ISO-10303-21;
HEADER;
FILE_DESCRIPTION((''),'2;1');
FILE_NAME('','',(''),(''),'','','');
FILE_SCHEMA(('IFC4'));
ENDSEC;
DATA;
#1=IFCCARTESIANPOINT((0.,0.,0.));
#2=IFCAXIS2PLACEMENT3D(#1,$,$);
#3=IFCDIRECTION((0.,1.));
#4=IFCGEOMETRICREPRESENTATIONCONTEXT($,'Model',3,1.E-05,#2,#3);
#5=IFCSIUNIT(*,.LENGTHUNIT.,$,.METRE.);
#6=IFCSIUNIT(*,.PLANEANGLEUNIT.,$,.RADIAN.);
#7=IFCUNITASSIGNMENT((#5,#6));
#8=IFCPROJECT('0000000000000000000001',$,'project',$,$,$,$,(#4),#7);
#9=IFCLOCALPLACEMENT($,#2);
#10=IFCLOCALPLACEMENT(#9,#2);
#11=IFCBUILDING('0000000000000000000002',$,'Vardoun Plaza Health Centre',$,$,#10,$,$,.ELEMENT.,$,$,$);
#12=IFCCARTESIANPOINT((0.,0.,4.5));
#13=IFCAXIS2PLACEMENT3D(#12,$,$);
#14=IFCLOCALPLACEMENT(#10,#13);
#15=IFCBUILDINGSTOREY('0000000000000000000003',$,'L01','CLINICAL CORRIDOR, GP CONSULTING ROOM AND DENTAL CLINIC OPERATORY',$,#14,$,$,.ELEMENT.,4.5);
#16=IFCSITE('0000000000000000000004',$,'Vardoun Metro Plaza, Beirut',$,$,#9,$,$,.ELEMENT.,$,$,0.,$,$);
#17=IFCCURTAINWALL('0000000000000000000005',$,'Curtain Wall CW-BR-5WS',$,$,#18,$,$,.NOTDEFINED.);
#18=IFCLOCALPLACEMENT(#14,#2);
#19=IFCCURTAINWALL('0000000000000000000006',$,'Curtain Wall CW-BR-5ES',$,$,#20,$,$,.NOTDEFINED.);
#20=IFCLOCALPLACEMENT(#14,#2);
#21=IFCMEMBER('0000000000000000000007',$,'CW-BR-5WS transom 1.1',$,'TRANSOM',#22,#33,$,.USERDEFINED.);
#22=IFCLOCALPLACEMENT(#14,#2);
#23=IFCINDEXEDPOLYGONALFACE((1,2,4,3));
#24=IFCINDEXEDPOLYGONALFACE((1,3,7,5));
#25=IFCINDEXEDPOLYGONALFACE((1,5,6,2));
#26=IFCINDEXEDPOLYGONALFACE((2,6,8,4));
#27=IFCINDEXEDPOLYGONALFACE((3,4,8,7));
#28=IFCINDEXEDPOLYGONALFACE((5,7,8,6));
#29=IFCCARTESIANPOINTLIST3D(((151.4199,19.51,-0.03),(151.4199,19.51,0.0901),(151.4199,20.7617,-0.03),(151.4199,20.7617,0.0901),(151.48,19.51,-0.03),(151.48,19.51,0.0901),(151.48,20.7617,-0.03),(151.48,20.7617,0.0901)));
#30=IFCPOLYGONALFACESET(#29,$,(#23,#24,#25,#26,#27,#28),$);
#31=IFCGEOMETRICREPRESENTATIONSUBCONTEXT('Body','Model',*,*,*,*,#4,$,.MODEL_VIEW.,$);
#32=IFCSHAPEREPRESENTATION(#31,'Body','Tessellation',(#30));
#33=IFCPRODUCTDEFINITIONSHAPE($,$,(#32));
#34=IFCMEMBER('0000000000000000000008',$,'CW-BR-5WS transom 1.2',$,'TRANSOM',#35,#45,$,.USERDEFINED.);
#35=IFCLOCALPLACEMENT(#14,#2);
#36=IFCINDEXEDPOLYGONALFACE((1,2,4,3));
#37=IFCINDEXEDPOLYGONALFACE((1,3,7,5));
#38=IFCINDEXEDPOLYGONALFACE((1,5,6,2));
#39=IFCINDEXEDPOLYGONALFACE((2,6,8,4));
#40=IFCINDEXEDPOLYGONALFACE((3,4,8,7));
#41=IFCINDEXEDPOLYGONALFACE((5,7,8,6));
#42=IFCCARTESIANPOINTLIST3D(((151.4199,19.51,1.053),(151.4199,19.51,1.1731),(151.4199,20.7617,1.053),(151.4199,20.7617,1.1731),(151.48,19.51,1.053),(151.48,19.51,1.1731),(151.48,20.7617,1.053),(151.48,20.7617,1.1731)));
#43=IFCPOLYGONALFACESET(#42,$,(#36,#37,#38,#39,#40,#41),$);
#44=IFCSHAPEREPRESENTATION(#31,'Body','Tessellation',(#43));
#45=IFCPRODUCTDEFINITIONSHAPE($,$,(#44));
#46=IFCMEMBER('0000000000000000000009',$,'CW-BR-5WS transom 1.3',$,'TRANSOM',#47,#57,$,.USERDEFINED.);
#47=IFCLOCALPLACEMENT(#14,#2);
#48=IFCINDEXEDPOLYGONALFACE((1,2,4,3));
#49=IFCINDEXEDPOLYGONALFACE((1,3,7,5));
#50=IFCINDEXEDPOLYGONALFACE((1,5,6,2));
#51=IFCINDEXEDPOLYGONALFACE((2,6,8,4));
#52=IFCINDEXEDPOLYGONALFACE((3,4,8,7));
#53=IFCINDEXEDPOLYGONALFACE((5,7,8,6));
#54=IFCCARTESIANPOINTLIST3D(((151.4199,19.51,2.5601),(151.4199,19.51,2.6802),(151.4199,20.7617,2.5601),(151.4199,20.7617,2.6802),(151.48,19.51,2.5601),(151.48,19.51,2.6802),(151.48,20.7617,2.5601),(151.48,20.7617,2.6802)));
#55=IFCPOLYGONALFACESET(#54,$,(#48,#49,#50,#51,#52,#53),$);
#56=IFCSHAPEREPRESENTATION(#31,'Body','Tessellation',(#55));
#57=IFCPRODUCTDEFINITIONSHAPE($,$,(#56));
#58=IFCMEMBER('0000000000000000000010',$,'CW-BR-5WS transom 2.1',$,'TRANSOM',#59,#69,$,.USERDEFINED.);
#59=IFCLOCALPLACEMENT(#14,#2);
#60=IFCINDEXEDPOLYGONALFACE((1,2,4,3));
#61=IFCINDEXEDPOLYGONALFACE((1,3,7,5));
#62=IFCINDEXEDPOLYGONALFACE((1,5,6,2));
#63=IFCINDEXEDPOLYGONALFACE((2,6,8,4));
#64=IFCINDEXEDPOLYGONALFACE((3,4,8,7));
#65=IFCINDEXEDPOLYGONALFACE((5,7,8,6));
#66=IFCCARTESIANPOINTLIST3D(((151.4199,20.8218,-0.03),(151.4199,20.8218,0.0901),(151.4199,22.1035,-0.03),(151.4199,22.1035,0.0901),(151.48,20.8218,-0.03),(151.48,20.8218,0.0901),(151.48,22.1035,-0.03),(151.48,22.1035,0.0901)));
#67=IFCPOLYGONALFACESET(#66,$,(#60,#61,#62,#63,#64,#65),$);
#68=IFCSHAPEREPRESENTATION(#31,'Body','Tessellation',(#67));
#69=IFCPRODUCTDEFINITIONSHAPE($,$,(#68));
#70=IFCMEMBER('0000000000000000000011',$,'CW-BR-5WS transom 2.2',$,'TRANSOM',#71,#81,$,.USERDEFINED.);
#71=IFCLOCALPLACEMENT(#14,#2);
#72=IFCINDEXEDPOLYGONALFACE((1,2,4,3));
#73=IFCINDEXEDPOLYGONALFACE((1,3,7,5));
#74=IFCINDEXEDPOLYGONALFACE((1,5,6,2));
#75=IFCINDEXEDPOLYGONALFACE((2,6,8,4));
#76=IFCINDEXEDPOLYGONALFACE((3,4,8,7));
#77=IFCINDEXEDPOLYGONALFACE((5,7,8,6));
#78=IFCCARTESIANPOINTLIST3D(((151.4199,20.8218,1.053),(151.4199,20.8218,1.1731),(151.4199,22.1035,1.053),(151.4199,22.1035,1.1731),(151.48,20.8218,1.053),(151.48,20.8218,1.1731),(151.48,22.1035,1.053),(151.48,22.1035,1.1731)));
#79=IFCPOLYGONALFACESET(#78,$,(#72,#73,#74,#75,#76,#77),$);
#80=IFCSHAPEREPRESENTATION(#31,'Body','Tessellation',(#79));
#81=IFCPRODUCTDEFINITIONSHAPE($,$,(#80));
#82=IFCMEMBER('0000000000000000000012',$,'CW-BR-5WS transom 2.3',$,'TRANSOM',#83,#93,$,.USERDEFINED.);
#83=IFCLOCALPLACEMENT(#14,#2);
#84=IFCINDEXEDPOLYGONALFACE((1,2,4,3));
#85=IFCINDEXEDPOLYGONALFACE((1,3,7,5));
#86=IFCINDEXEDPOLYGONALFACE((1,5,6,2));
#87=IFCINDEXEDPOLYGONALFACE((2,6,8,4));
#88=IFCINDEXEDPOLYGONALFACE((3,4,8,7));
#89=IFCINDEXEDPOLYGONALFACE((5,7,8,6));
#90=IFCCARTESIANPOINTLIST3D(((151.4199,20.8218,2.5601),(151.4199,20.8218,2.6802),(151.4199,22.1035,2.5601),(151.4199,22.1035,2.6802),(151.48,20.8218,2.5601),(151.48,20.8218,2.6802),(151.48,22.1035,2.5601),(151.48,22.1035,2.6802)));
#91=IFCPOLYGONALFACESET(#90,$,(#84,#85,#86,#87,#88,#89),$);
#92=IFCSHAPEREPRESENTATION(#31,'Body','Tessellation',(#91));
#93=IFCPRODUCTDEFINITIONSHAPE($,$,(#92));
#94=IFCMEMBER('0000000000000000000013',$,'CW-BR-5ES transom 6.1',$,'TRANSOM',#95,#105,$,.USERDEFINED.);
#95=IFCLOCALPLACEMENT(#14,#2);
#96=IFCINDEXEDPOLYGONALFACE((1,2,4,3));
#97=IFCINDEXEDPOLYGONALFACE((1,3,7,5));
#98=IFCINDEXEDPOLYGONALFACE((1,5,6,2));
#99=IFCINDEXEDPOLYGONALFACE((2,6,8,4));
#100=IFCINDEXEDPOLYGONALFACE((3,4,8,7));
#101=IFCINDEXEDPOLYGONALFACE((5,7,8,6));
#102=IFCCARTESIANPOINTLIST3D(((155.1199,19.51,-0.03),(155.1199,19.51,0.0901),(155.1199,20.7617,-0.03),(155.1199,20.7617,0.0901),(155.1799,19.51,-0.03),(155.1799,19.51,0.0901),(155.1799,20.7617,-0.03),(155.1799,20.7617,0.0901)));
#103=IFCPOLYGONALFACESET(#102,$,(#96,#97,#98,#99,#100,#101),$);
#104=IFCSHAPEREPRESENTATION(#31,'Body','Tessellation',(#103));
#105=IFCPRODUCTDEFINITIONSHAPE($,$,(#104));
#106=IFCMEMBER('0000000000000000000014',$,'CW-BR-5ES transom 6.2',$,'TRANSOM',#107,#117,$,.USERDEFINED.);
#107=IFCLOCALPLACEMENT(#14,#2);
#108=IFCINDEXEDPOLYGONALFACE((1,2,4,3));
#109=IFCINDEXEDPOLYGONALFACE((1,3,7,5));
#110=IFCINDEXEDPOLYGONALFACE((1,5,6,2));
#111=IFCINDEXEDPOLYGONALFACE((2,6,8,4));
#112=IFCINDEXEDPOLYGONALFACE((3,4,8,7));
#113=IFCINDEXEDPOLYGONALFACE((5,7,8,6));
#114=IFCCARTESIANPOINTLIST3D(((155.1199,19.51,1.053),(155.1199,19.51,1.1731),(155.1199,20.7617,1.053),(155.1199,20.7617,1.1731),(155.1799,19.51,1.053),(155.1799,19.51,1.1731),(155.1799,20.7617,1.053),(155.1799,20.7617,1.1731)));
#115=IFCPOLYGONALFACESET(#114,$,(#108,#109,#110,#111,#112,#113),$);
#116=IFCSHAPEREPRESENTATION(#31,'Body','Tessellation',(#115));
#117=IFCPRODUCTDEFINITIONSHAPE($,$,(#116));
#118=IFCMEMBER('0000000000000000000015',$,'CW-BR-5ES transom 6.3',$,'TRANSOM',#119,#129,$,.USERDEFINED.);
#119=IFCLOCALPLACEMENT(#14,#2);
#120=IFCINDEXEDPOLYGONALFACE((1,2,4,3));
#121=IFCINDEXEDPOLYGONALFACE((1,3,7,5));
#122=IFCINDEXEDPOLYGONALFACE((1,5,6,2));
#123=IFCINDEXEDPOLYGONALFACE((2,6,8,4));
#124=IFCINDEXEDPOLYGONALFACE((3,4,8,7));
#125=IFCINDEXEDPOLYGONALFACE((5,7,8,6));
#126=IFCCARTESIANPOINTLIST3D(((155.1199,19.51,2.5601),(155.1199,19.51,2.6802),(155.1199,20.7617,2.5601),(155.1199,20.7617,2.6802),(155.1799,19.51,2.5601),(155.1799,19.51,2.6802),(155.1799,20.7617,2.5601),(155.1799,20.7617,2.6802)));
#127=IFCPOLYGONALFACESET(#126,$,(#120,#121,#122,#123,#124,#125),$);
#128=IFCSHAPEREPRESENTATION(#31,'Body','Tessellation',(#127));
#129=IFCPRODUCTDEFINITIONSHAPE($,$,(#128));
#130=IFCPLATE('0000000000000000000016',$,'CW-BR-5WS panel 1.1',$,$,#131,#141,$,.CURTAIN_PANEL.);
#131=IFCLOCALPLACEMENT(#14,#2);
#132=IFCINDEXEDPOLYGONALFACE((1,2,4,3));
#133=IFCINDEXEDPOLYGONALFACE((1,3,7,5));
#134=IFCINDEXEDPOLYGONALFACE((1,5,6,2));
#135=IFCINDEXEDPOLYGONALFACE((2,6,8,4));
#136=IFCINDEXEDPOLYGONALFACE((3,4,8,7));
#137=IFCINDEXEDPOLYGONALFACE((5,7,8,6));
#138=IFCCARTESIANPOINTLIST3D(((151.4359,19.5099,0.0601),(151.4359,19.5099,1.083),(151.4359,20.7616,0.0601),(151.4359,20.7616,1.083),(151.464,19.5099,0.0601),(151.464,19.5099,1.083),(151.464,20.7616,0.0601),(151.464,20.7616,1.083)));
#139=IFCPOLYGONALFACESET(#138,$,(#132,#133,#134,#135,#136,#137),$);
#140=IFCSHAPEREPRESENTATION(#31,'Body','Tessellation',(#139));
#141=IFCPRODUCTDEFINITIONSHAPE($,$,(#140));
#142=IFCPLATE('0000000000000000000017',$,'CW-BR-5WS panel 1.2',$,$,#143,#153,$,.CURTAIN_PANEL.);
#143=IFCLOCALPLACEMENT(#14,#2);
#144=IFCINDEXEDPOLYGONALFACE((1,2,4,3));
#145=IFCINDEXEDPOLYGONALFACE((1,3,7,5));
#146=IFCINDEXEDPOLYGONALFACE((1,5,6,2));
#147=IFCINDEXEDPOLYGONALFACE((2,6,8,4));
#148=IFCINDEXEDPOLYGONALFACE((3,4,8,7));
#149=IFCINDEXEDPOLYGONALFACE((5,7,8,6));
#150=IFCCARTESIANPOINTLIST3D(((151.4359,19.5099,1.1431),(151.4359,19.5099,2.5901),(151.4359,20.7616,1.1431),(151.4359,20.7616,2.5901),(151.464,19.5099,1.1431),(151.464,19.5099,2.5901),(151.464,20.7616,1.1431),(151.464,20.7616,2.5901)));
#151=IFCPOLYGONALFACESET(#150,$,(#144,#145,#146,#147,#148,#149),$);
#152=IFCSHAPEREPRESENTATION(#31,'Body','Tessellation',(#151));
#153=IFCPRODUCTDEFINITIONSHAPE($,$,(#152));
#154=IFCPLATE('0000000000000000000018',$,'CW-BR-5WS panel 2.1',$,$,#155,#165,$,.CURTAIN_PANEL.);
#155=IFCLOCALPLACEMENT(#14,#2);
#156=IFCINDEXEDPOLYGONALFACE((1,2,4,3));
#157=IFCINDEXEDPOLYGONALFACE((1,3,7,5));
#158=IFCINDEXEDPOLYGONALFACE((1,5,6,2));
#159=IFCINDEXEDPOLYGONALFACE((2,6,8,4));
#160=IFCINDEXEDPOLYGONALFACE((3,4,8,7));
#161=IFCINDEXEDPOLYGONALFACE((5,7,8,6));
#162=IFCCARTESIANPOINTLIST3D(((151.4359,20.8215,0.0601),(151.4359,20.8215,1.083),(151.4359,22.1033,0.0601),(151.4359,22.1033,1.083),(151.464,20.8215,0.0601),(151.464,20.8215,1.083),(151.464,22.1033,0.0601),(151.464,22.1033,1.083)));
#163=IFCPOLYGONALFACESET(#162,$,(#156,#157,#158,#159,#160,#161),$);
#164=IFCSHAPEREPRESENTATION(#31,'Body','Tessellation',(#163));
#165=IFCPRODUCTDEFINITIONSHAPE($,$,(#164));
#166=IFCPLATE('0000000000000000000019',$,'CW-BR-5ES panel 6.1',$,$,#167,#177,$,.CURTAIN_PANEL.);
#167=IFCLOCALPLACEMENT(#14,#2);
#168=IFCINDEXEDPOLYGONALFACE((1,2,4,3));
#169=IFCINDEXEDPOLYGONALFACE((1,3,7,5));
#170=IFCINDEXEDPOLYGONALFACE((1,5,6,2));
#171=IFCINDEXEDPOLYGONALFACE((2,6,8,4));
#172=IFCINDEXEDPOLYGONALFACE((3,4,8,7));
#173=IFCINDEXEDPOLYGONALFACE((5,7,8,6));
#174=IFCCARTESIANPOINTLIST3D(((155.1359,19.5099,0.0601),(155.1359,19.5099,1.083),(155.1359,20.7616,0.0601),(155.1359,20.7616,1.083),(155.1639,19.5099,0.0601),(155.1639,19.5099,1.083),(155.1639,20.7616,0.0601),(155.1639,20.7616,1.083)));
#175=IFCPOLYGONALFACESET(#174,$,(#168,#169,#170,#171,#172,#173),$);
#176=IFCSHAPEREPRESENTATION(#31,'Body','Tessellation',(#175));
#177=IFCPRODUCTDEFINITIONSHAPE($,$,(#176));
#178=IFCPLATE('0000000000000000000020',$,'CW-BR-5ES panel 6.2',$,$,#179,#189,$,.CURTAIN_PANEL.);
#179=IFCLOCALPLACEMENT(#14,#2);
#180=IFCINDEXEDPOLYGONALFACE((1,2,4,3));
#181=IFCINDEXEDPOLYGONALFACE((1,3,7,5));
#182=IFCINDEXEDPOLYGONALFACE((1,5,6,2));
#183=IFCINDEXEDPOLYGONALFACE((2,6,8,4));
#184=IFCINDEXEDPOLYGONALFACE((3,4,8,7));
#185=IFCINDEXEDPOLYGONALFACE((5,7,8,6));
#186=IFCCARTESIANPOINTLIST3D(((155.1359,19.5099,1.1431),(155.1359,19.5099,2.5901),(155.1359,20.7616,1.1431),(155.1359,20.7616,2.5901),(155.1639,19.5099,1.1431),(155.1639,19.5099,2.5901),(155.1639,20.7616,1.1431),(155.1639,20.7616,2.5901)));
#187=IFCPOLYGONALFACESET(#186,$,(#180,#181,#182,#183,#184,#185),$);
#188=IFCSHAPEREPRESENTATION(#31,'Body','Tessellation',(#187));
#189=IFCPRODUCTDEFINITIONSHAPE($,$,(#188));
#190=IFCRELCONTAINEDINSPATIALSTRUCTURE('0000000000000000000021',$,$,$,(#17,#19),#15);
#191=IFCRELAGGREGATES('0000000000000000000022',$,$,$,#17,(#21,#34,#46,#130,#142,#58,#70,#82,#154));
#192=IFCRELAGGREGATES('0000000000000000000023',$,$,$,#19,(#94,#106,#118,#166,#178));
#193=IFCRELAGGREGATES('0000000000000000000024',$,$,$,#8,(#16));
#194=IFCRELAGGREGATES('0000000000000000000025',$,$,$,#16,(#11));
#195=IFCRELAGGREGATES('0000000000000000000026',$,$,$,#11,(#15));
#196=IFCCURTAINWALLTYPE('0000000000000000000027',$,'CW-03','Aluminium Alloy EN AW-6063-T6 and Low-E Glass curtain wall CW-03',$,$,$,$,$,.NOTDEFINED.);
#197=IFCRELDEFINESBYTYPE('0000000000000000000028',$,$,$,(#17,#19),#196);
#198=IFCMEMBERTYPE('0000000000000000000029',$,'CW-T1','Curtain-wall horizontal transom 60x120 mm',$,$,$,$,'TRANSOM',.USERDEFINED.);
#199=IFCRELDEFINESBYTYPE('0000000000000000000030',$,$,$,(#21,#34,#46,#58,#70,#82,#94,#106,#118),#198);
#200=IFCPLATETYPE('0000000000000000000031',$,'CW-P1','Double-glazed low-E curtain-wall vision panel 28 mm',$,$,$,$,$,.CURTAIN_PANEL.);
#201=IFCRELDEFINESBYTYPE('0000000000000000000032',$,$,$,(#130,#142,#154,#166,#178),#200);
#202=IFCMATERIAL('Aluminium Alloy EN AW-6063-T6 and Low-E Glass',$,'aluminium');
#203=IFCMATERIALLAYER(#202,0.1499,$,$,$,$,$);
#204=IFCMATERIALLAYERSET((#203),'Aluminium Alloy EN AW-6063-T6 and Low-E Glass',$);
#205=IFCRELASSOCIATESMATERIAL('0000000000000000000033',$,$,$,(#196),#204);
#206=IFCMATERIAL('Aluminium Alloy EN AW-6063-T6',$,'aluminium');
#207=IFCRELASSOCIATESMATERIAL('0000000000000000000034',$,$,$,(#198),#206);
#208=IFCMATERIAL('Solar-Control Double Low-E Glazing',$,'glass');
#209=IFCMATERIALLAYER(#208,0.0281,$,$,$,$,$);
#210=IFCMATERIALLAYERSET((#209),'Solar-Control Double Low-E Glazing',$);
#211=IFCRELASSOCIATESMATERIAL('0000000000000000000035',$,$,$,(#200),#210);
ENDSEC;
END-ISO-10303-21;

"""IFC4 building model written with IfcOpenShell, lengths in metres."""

from ifc_helpers import new_model, si_unit, direction, frame, origin, origin_2d, place, context, subcontext, project, spatial, rectangle, extrude, material, layer, layer_set, material_profile, profile_set, type_object, element, aggregate, save


model = new_model("IFC4")

# Units and contexts
model_context = context("Model", 3, precision=1e-05, world=origin(), true_north=direction((0.0, 1.0)))
body_context = subcontext(model_context, "Body", "Model", "MODEL_VIEW")
ifc_project = project(units=[si_unit("LENGTHUNIT", "METRE"), si_unit("PLANEANGLEUNIT", "RADIAN")], contexts=[model_context])

# Site, building, storey
site_placement = place(None, origin())
site = spatial("IfcSite", under=ifc_project, at=site_placement, Name="Vardoun Metro Plaza, Beirut", CompositionType="ELEMENT", RefElevation=0.0)
building_placement = place(site_placement, origin())
building = spatial("IfcBuilding", under=site, at=building_placement, Name="Vardoun Plaza Health Centre", CompositionType="ELEMENT")
storey_placement = place(building_placement, frame((0.0, 0.0, 4.5)))
storey = spatial("IfcBuildingStorey", under=building, at=storey_placement, Name="L01", Description="CLINICAL CORRIDOR, GP CONSULTING ROOM AND DENTAL CLINIC OPERATORY", CompositionType="ELEMENT", Elevation=4.5)

# Curtain walls
ifc_material_1 = material(Name="Aluminium Alloy EN AW-6063-T6 and Low-E Glass", Category="aluminium")
ifc_layer_1 = layer(ifc_material_1, 0.1499)
ifc_layer_set_1 = layer_set([ifc_layer_1], Name="Aluminium Alloy EN AW-6063-T6 and Low-E Glass")
curtain_wall_type = type_object("IfcCurtainWallType", Name="CW-03", Description="Aluminium Alloy EN AW-6063-T6 and Low-E Glass curtain wall CW-03", PredefinedType="NOTDEFINED", material=ifc_layer_set_1)
curtain_wall_1_placement = place(storey_placement, origin())
curtain_wall_1 = element("IfcCurtainWall", 1, at=curtain_wall_1_placement, inside=storey, type_object=curtain_wall_type, Name="Curtain Wall CW-BR-5WS", PredefinedType="NOTDEFINED")
curtain_wall_2_placement = place(storey_placement, origin())
curtain_wall_2 = element("IfcCurtainWall", 2, at=curtain_wall_2_placement, inside=storey, type_object=curtain_wall_type, Name="Curtain Wall CW-BR-5ES", PredefinedType="NOTDEFINED")

# Members
ifc_material_2 = material(Name="Aluminium Alloy EN AW-6063-T6", Category="aluminium")
ifc_material_profile_1 = material_profile(ifc_material_2, rectangle(XDim=0.0601, YDim=0.1201, at=origin_2d()), Name="CWT 60x120")
ifc_profile_set_1 = profile_set([ifc_material_profile_1], Name="Aluminium Alloy EN AW-6063-T6")
member_type_1 = type_object("IfcMemberType", Name="CW-T1", Description="Curtain-wall horizontal transom 60x120 mm", ElementType="TRANSOM", PredefinedType="USERDEFINED", material=ifc_profile_set_1)
member_1_placement = place(storey_placement, frame((151.45, 19.51, 0.03), z_axis=(0.0, 1.0, 0.0), x_axis=(-1.0, 0.0, 0.0)))
member_1 = element("IfcMember", 3, at=member_1_placement, type_object=member_type_1, Name="CW-BR-5WS transom 1.1", ObjectType="TRANSOM", PredefinedType="USERDEFINED", context=body_context, shape_type="SweptSolid", body=[
    extrude(rectangle(XDim=0.0601, YDim=0.1201, at=origin_2d()), origin(), (0.0, 0.0, 1.0), 1.2517),
])
member_2_placement = place(storey_placement, frame((151.45, 19.51, 1.113), z_axis=(0.0, 1.0, 0.0), x_axis=(-1.0, 0.0, 0.0)))
member_2 = element("IfcMember", 4, at=member_2_placement, type_object=member_type_1, Name="CW-BR-5WS transom 1.2", ObjectType="TRANSOM", PredefinedType="USERDEFINED", context=body_context, shape_type="SweptSolid", body=[
    extrude(rectangle(XDim=0.0601, YDim=0.1201, at=origin_2d()), origin(), (0.0, 0.0, 1.0), 1.2517),
])
member_3_placement = place(storey_placement, frame((151.45, 19.51, 2.6201), z_axis=(0.0, 1.0, 0.0), x_axis=(-1.0, 0.0, 0.0)))
member_3 = element("IfcMember", 5, at=member_3_placement, type_object=member_type_1, Name="CW-BR-5WS transom 1.3", ObjectType="TRANSOM", PredefinedType="USERDEFINED", context=body_context, shape_type="SweptSolid", body=[
    extrude(rectangle(XDim=0.0601, YDim=0.1201, at=origin_2d()), origin(), (0.0, 0.0, 1.0), 1.2517),
])
member_4_placement = place(storey_placement, frame((151.45, 20.8218, 0.03), z_axis=(0.0, 1.0, 0.0), x_axis=(-1.0, 0.0, 0.0)))
member_4 = element("IfcMember", 6, at=member_4_placement, type_object=member_type_1, Name="CW-BR-5WS transom 2.1", ObjectType="TRANSOM", PredefinedType="USERDEFINED", context=body_context, shape_type="SweptSolid", body=[
    extrude(rectangle(XDim=0.0601, YDim=0.1201, at=origin_2d()), origin(), (0.0, 0.0, 1.0), 1.2817),
])
member_5_placement = place(storey_placement, frame((151.45, 20.8218, 1.113), z_axis=(0.0, 1.0, 0.0), x_axis=(-1.0, 0.0, 0.0)))
member_5 = element("IfcMember", 7, at=member_5_placement, type_object=member_type_1, Name="CW-BR-5WS transom 2.2", ObjectType="TRANSOM", PredefinedType="USERDEFINED", context=body_context, shape_type="SweptSolid", body=[
    extrude(rectangle(XDim=0.0601, YDim=0.1201, at=origin_2d()), origin(), (0.0, 0.0, 1.0), 1.2817),
])
member_6_placement = place(storey_placement, frame((151.45, 20.8218, 2.6201), z_axis=(0.0, 1.0, 0.0), x_axis=(-1.0, 0.0, 0.0)))
member_6 = element("IfcMember", 8, at=member_6_placement, type_object=member_type_1, Name="CW-BR-5WS transom 2.3", ObjectType="TRANSOM", PredefinedType="USERDEFINED", context=body_context, shape_type="SweptSolid", body=[
    extrude(rectangle(XDim=0.0601, YDim=0.1201, at=origin_2d()), origin(), (0.0, 0.0, 1.0), 1.2817),
])
member_7_placement = place(storey_placement, frame((155.1499, 20.7617, 0.03), z_axis=(0.0, -1.0, 0.0), x_axis=(1.0, 0.0, 0.0)))
member_7 = element("IfcMember", 9, at=member_7_placement, type_object=member_type_1, Name="CW-BR-5ES transom 6.1", ObjectType="TRANSOM", PredefinedType="USERDEFINED", context=body_context, shape_type="SweptSolid", body=[
    extrude(rectangle(XDim=0.0601, YDim=0.1201, at=origin_2d()), origin(), (0.0, 0.0, 1.0), 1.2517),
])
member_8_placement = place(storey_placement, frame((155.1499, 20.7617, 1.113), z_axis=(0.0, -1.0, 0.0), x_axis=(1.0, 0.0, 0.0)))
member_8 = element("IfcMember", 10, at=member_8_placement, type_object=member_type_1, Name="CW-BR-5ES transom 6.2", ObjectType="TRANSOM", PredefinedType="USERDEFINED", context=body_context, shape_type="SweptSolid", body=[
    extrude(rectangle(XDim=0.0601, YDim=0.1201, at=origin_2d()), origin(), (0.0, 0.0, 1.0), 1.2517),
])
member_9_placement = place(storey_placement, frame((155.1499, 20.7617, 2.6201), z_axis=(0.0, -1.0, 0.0), x_axis=(1.0, 0.0, 0.0)))
member_9 = element("IfcMember", 11, at=member_9_placement, type_object=member_type_1, Name="CW-BR-5ES transom 6.3", ObjectType="TRANSOM", PredefinedType="USERDEFINED", context=body_context, shape_type="SweptSolid", body=[
    extrude(rectangle(XDim=0.0601, YDim=0.1201, at=origin_2d()), origin(), (0.0, 0.0, 1.0), 1.2517),
])

# Plates
ifc_material_3 = material(Name="Solar-Control Double Low-E Glazing", Category="glass")
ifc_layer_2 = layer(ifc_material_3, 0.0281)
ifc_layer_set_2 = layer_set([ifc_layer_2], Name="Solar-Control Double Low-E Glazing")
plate_type = type_object("IfcPlateType", Name="CW-P1", Description="Double-glazed low-E curtain-wall vision panel 28 mm", PredefinedType="CURTAIN_PANEL", material=ifc_layer_set_2)
plate_1_placement = place(storey_placement, frame((151.45, 20.1357, 0.0601), z_axis=(0.0, 0.0, 1.0), x_axis=(0.0, 1.0, 0.0)))
plate_1 = element("IfcPlate", 12, at=plate_1_placement, type_object=plate_type, Name="CW-BR-5WS panel 1.1", PredefinedType="CURTAIN_PANEL", context=body_context, shape_type="SweptSolid", body=[
    extrude(rectangle(XDim=1.2517, YDim=0.0281, at=origin_2d()), origin(), (0.0, 0.0, 1.0), 1.0229),
])
plate_2_placement = place(storey_placement, frame((151.45, 20.1357, 1.1431), z_axis=(0.0, 0.0, 1.0), x_axis=(0.0, 1.0, 0.0)))
plate_2 = element("IfcPlate", 13, at=plate_2_placement, type_object=plate_type, Name="CW-BR-5WS panel 1.2", PredefinedType="CURTAIN_PANEL", context=body_context, shape_type="SweptSolid", body=[
    extrude(rectangle(XDim=1.2517, YDim=0.0281, at=origin_2d()), origin(), (0.0, 0.0, 1.0), 1.447),
])
plate_3_placement = place(storey_placement, frame((151.45, 21.4624, 0.0601), z_axis=(0.0, 0.0, 1.0), x_axis=(0.0, 1.0, 0.0)))
plate_3 = element("IfcPlate", 14, at=plate_3_placement, type_object=plate_type, Name="CW-BR-5WS panel 2.1", PredefinedType="CURTAIN_PANEL", context=body_context, shape_type="SweptSolid", body=[
    extrude(rectangle(XDim=1.2817, YDim=0.0281, at=origin_2d()), origin(), (0.0, 0.0, 1.0), 1.0229),
])
aggregate(curtain_wall_1, [member_1, member_2, member_3, plate_1, plate_2, member_4, member_5, member_6, plate_3])
plate_4_placement = place(storey_placement, frame((155.1499, 20.1357, 0.0601), z_axis=(0.0, 0.0, 1.0), x_axis=(0.0, -1.0, 0.0)))
plate_4 = element("IfcPlate", 15, at=plate_4_placement, type_object=plate_type, Name="CW-BR-5ES panel 6.1", PredefinedType="CURTAIN_PANEL", context=body_context, shape_type="SweptSolid", body=[
    extrude(rectangle(XDim=1.2517, YDim=0.0281, at=origin_2d()), origin(), (0.0, 0.0, 1.0), 1.0229),
])
plate_5_placement = place(storey_placement, frame((155.1499, 20.1357, 1.1431), z_axis=(0.0, 0.0, 1.0), x_axis=(0.0, -1.0, 0.0)))
plate_5 = element("IfcPlate", 16, at=plate_5_placement, type_object=plate_type, Name="CW-BR-5ES panel 6.2", PredefinedType="CURTAIN_PANEL", context=body_context, shape_type="SweptSolid", body=[
    extrude(rectangle(XDim=1.2517, YDim=0.0281, at=origin_2d()), origin(), (0.0, 0.0, 1.0), 1.447),
])
aggregate(curtain_wall_2, [member_7, member_8, member_9, plate_4, plate_5])

save(model, "model.ifc")
